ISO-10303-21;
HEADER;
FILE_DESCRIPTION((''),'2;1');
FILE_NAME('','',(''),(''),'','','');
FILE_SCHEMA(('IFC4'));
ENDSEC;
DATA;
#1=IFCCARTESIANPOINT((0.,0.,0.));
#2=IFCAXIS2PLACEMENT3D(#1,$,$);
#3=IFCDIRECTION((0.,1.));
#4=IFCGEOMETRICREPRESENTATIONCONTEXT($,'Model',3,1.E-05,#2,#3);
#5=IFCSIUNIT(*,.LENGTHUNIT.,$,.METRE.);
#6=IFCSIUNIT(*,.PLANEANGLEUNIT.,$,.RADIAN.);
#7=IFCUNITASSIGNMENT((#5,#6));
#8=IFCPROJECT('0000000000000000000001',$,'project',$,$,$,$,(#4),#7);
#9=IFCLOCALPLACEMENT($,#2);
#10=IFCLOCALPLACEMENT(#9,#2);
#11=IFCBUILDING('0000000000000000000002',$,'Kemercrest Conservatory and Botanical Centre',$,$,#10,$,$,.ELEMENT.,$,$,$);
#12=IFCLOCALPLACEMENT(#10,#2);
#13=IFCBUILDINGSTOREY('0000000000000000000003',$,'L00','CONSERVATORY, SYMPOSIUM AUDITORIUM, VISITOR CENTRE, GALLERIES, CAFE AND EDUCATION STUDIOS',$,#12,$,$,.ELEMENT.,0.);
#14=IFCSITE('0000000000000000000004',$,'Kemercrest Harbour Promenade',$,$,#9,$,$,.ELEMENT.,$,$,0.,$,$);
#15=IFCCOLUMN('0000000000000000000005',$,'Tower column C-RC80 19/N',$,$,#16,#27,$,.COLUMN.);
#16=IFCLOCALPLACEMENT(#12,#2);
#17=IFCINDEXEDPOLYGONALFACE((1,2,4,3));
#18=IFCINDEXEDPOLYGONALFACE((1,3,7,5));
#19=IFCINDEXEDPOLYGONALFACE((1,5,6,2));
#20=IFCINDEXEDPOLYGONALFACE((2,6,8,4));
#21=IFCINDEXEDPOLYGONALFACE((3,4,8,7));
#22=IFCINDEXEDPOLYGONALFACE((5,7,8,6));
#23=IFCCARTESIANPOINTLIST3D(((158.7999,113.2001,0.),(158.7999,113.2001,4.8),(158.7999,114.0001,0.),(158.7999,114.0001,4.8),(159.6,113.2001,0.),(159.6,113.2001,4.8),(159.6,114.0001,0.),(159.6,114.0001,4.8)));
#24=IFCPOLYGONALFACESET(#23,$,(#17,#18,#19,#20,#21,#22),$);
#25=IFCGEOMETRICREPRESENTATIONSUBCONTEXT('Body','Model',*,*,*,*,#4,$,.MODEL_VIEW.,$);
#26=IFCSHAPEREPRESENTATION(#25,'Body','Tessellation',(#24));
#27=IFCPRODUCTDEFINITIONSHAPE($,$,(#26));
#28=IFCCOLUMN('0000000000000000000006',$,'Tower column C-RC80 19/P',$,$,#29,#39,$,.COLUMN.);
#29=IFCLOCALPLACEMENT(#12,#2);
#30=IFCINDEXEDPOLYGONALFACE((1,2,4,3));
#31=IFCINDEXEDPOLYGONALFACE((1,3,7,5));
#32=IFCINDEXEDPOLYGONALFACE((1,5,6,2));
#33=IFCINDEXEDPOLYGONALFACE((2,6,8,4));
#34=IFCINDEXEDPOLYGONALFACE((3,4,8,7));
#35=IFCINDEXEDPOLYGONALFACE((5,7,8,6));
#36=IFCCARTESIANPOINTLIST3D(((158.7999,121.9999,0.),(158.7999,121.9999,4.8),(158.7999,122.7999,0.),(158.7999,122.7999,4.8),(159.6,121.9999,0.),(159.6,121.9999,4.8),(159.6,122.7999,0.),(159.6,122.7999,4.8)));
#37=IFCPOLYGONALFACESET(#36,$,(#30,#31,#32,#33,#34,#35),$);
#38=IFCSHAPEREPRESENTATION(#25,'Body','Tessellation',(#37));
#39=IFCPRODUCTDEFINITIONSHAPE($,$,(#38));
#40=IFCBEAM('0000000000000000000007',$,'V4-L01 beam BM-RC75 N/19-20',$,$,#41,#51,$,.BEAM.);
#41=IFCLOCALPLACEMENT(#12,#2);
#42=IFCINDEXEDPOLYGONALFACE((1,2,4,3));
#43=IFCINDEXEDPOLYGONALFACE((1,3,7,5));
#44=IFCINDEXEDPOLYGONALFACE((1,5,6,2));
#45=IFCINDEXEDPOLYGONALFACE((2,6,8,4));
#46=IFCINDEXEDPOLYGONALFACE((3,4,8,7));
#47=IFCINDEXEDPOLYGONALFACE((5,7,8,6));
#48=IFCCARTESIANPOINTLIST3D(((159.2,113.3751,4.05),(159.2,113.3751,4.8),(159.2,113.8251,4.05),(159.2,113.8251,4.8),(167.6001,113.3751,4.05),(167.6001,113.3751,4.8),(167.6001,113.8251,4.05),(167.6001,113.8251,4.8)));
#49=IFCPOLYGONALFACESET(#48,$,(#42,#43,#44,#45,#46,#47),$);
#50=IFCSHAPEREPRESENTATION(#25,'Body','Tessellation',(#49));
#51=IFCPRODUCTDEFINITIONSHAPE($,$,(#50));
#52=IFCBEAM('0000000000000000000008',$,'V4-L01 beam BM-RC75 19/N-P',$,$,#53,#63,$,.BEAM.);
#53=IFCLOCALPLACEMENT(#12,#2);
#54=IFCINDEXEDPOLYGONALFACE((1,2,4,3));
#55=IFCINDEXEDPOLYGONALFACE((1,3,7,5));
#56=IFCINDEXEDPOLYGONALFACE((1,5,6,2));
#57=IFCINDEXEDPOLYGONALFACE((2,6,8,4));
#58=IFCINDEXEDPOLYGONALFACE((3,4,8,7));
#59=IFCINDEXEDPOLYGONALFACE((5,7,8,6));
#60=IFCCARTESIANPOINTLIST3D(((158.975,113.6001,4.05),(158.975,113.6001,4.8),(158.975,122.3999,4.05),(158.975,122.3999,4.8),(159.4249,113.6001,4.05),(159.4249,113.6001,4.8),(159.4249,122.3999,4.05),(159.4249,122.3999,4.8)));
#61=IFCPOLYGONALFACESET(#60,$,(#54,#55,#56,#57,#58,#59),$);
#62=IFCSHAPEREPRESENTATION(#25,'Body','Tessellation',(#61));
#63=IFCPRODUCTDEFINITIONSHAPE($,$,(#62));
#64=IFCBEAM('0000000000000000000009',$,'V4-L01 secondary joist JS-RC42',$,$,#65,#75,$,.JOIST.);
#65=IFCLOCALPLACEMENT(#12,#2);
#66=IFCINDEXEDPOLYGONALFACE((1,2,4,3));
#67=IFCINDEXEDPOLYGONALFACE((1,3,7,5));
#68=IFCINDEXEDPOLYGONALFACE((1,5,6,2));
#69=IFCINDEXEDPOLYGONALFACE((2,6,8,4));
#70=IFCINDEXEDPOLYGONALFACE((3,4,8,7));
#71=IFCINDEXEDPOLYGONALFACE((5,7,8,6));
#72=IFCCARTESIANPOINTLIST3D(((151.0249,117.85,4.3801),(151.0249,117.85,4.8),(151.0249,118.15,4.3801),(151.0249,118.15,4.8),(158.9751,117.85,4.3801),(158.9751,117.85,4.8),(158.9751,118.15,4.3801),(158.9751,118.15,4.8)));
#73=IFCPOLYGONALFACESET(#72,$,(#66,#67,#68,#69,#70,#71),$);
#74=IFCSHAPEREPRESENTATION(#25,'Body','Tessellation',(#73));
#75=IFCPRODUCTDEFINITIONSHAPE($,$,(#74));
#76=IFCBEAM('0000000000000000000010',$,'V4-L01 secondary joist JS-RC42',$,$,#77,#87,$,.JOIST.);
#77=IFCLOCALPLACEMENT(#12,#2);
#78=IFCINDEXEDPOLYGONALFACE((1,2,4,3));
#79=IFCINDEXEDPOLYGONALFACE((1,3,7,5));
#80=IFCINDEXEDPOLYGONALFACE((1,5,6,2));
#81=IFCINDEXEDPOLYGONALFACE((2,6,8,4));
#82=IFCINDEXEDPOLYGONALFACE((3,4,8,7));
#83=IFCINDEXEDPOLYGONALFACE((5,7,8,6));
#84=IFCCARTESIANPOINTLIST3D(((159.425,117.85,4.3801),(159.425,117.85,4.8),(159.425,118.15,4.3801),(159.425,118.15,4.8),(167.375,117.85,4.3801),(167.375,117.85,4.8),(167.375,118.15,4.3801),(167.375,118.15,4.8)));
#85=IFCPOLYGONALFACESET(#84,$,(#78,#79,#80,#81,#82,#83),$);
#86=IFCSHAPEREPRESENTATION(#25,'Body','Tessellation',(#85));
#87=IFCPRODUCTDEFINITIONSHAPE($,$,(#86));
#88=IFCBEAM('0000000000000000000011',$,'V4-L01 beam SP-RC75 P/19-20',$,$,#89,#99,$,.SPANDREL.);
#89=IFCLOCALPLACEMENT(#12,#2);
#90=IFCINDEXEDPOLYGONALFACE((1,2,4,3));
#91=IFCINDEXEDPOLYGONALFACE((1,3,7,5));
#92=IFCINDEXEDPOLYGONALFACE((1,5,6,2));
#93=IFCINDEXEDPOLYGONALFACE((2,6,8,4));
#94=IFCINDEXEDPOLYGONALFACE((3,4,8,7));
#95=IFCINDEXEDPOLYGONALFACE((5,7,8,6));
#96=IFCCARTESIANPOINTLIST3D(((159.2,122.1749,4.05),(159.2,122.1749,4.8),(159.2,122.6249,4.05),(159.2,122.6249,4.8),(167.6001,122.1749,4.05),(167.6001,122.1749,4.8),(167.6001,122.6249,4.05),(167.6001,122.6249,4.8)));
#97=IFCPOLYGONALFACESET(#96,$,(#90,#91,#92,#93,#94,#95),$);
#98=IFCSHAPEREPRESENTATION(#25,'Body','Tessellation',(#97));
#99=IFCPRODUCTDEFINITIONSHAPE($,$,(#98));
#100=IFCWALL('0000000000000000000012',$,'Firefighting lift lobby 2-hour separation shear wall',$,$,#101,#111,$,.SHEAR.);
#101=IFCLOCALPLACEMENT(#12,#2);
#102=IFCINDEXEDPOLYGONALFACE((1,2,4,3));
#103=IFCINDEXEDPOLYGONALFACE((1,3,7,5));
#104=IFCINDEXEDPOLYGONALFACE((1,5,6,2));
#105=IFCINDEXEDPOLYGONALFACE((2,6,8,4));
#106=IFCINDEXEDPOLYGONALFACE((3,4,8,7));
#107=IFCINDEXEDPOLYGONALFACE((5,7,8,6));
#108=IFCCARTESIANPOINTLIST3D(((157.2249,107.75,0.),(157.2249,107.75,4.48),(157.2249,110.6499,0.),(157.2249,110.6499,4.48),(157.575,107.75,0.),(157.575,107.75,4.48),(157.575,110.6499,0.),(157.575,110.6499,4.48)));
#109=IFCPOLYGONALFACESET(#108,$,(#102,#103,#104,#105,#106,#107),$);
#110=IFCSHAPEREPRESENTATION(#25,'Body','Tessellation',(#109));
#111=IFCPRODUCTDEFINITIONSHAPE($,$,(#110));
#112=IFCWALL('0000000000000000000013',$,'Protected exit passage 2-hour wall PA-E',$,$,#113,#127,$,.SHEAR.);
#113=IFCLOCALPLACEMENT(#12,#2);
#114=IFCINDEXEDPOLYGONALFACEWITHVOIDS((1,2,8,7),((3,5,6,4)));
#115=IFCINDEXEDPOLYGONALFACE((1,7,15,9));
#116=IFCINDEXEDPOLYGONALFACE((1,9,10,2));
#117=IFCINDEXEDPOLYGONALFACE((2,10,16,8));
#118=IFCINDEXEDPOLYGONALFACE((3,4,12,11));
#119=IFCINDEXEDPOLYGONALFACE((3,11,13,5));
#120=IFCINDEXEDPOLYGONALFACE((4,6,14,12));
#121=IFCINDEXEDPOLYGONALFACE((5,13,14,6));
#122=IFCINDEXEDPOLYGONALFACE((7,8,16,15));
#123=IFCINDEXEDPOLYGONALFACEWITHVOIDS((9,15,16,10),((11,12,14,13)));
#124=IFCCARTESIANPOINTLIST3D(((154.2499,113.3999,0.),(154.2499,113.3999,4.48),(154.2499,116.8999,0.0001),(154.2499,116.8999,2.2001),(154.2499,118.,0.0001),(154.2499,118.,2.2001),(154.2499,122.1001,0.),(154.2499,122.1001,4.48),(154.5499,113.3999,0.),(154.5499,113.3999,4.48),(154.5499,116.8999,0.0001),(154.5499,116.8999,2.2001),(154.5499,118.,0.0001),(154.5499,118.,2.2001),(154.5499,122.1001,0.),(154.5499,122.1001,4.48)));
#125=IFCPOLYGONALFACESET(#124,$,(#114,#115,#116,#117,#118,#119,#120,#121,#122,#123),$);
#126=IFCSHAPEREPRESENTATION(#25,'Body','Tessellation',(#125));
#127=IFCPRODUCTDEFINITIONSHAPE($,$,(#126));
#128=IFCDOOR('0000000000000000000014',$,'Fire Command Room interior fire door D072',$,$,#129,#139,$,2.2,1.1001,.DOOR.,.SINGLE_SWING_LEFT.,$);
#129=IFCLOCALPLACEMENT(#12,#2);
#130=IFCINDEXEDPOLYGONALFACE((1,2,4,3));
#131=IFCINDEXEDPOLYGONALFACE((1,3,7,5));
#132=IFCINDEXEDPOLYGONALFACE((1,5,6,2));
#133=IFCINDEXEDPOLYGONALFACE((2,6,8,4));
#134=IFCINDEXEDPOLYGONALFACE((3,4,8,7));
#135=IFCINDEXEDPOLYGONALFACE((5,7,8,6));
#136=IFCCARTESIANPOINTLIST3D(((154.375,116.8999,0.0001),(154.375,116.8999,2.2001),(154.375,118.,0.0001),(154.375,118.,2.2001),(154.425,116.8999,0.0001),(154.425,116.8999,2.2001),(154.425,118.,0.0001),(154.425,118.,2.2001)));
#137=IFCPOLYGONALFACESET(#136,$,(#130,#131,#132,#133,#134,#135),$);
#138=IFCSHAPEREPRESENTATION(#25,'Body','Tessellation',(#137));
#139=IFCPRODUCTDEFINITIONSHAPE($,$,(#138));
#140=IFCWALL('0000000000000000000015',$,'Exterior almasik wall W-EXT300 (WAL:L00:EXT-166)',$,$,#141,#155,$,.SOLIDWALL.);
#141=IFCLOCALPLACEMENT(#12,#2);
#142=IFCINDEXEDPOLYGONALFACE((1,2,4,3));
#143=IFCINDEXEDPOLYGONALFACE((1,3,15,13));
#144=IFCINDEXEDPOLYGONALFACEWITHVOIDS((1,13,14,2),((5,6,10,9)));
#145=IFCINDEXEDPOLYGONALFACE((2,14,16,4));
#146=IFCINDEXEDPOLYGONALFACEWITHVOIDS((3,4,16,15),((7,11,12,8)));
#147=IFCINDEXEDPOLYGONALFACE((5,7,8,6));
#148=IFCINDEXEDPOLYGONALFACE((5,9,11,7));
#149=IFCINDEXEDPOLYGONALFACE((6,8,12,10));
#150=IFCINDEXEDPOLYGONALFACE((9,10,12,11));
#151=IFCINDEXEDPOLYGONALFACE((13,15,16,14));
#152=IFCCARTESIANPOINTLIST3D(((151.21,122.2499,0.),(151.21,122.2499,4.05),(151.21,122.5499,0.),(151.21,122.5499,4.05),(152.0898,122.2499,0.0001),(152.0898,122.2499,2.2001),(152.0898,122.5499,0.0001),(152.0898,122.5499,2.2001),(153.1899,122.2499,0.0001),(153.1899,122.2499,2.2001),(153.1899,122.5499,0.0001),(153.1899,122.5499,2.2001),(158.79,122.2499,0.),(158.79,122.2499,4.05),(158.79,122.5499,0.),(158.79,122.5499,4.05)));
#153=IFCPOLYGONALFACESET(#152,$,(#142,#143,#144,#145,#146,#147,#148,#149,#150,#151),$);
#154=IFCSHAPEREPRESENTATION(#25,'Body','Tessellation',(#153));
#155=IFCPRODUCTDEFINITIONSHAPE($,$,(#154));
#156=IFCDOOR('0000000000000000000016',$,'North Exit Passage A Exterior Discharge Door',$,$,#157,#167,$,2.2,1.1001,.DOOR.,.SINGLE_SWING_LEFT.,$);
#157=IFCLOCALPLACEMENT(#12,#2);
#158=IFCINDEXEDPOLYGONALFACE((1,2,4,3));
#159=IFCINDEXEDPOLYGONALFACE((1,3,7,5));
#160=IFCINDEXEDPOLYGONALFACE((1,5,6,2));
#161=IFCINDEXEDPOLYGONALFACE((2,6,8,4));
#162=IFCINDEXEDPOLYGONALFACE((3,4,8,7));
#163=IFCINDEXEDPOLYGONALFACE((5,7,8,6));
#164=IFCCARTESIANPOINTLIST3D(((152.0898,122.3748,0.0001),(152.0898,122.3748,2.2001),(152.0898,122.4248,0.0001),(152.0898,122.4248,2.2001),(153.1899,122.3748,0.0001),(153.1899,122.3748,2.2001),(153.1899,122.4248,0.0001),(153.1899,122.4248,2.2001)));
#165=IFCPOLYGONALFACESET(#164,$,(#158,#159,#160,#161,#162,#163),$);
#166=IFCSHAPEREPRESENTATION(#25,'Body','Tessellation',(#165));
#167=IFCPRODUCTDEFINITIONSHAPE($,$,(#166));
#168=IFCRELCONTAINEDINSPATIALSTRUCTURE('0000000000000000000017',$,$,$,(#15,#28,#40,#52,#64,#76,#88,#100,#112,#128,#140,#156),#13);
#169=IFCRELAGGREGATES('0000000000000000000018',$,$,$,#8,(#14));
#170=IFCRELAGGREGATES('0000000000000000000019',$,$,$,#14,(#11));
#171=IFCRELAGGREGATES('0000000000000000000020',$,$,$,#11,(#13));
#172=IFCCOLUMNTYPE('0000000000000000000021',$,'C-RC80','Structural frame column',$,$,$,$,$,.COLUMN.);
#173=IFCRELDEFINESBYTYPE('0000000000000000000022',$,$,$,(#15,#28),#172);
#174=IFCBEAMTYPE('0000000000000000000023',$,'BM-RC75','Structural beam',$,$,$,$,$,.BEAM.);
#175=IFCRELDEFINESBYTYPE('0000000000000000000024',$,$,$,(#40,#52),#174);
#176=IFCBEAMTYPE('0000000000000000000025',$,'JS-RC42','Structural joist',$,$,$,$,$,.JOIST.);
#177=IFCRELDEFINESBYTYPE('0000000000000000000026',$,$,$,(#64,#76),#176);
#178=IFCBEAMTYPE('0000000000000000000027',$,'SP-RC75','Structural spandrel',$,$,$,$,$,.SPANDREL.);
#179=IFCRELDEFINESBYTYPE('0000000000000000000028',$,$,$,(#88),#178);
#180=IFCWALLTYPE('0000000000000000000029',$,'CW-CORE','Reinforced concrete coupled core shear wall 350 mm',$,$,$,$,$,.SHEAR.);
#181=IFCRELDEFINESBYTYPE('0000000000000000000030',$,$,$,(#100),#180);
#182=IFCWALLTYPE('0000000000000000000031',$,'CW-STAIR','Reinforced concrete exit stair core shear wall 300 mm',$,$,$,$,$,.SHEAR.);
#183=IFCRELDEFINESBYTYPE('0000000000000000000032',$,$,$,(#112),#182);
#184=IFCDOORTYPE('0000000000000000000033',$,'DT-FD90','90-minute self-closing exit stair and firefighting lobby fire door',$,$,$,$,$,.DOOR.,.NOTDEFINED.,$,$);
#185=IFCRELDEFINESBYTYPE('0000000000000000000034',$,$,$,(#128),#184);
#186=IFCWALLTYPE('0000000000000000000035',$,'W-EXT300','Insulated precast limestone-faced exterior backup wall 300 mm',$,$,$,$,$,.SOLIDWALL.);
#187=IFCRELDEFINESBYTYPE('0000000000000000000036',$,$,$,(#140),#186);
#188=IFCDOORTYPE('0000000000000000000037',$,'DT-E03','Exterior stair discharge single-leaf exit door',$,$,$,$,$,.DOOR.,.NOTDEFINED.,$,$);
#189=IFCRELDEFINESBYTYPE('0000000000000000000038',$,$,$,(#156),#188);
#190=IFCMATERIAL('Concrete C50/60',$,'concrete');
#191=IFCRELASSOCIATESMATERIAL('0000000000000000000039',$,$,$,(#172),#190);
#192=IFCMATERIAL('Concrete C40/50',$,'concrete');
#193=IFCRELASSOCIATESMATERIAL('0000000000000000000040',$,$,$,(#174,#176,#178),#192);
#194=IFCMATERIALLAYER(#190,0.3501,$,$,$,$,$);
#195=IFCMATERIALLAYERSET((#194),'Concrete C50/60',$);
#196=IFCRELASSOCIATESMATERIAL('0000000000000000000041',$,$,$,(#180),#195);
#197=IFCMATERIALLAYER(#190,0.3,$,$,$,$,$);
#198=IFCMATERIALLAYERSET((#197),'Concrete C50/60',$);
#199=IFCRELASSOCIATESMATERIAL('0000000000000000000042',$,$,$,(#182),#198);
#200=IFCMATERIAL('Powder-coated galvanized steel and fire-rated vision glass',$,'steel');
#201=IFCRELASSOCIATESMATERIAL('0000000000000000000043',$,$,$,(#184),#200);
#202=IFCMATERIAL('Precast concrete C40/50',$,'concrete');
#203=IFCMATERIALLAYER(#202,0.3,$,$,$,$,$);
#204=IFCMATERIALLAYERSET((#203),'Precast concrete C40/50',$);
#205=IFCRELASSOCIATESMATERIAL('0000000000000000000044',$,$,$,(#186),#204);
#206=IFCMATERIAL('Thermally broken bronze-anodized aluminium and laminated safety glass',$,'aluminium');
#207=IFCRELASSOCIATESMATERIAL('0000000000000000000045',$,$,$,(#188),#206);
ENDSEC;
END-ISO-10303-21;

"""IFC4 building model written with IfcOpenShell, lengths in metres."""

from ifc_helpers import new_model, si_unit, direction, frame, frame_2d, origin, origin_2d, place, context, subcontext, project, spatial, rectangle, extrude, material, layer, layer_set, material_profile, profile_set, type_object, element, fill, save


model = new_model("IFC4")

# Units and contexts
model_context = context("Model", 3, precision=1e-05, world=origin(), true_north=direction((0.0, 1.0)))
body_context = subcontext(model_context, "Body", "Model", "MODEL_VIEW")
ifc_project = project(units=[si_unit("LENGTHUNIT", "METRE"), si_unit("PLANEANGLEUNIT", "RADIAN")], contexts=[model_context])

# Site, building, storey
site_placement = place(None, origin())
site = spatial("IfcSite", under=ifc_project, at=site_placement, Name="Kemercrest Harbour Promenade", CompositionType="ELEMENT", RefElevation=0.0)
building_placement = place(site_placement, origin())
building = spatial("IfcBuilding", under=site, at=building_placement, Name="Kemercrest Conservatory and Botanical Centre", CompositionType="ELEMENT")
storey_placement = place(building_placement, origin())
storey = spatial("IfcBuildingStorey", under=building, at=storey_placement, Name="L00", Description="CONSERVATORY, SYMPOSIUM AUDITORIUM, VISITOR CENTRE, GALLERIES, CAFE AND EDUCATION STUDIOS", CompositionType="ELEMENT", Elevation=0.0)

# Columns
ifc_material_1 = material(Name="Concrete C50/60", Category="concrete")
ifc_material_profile_1 = material_profile(ifc_material_1, rectangle(XDim=0.8, YDim=0.8, at=origin_2d()), Name="RC 800x800")
ifc_profile_set_1 = profile_set([ifc_material_profile_1], Name="Concrete C50/60")
column_type = type_object("IfcColumnType", Name="C-RC80", Description="Structural frame column", PredefinedType="COLUMN", material=ifc_profile_set_1)
for number, where, z_axis, x_axis, name in (
    (1, (159.2, 113.6001, 0.0), (0.0, 0.0, 1.0), (1.0, 0.0, 0.0), "Tower column C-RC80 19/N"),
    (2, (159.2, 122.3999, 0.0), (0.0, 0.0, 1.0), (1.0, 0.0, 0.0), "Tower column C-RC80 19/P"),
):
    element("IfcColumn", number, at=place(storey_placement, frame(where, z_axis=z_axis, x_axis=x_axis)), inside=storey, type_object=column_type, Name=name, PredefinedType="COLUMN", context=body_context, shape_type="SweptSolid", body=[
        extrude(rectangle(XDim=0.8, YDim=0.8, at=origin_2d()), origin(), (0.0, 0.0, 1.0), 4.8),
    ])

# Beams
ifc_material_2 = material(Name="Concrete C40/50", Category="concrete")
ifc_material_profile_2 = material_profile(ifc_material_2, rectangle(XDim=0.45, YDim=0.75, at=origin_2d()), Name="RC 450x750")
ifc_profile_set_2 = profile_set([ifc_material_profile_2], Name="Concrete C40/50")
beam_type_1 = type_object("IfcBeamType", Name="BM-RC75", Description="Structural beam", PredefinedType="BEAM", material=ifc_profile_set_2)
beam_1_placement = place(storey_placement, frame((159.2, 113.6001, 4.425), z_axis=(1.0, 0.0, 0.0), x_axis=(0.0, 1.0, 0.0)))
element("IfcBeam", 3, at=beam_1_placement, inside=storey, type_object=beam_type_1, Name="V4-L01 beam BM-RC75 N/19-20", PredefinedType="BEAM", context=body_context, shape_type="SweptSolid", body=[
    extrude(rectangle(XDim=0.45, YDim=0.75, at=origin_2d()), origin(), (0.0, 0.0, 1.0), 8.4001),
])
beam_2_placement = place(storey_placement, frame((159.2, 113.6001, 4.425), z_axis=(0.0, 1.0, 0.0), x_axis=(-1.0, 0.0, 0.0)))
element("IfcBeam", 4, at=beam_2_placement, inside=storey, type_object=beam_type_1, Name="V4-L01 beam BM-RC75 19/N-P", PredefinedType="BEAM", context=body_context, shape_type="SweptSolid", body=[
    extrude(rectangle(XDim=0.45, YDim=0.75, at=origin_2d()), origin(), (0.0, 0.0, 1.0), 8.7998),
])
ifc_material_profile_3 = material_profile(ifc_material_2, rectangle(XDim=0.3, YDim=0.4199, at=origin_2d()), Name="RC 300x420")
ifc_profile_set_3 = profile_set([ifc_material_profile_3], Name="Concrete C40/50")
beam_type_2 = type_object("IfcBeamType", Name="JS-RC42", Description="Structural joist", PredefinedType="JOIST", material=ifc_profile_set_3)
beam_3_placement = place(storey_placement, frame((151.0249, 118.0, 4.5901), z_axis=(1.0, 0.0, 0.0), x_axis=(0.0, 1.0, 0.0)))
element("IfcBeam", 5, at=beam_3_placement, inside=storey, type_object=beam_type_2, Name="V4-L01 secondary joist JS-RC42", PredefinedType="JOIST", context=body_context, shape_type="SweptSolid", body=[
    extrude(rectangle(XDim=0.3, YDim=0.4199, at=origin_2d()), origin(), (0.0, 0.0, 1.0), 7.9502),
])
beam_4_placement = place(storey_placement, frame((159.425, 118.0, 4.5901), z_axis=(1.0, 0.0, 0.0), x_axis=(0.0, 1.0, 0.0)))
element("IfcBeam", 6, at=beam_4_placement, inside=storey, type_object=beam_type_2, Name="V4-L01 secondary joist JS-RC42", PredefinedType="JOIST", context=body_context, shape_type="SweptSolid", body=[
    extrude(rectangle(XDim=0.3, YDim=0.4199, at=origin_2d()), origin(), (0.0, 0.0, 1.0), 7.95),
])
ifc_material_profile_4 = material_profile(ifc_material_2, rectangle(XDim=0.45, YDim=0.75, at=origin_2d()), Name="RC 450x750")
ifc_profile_set_4 = profile_set([ifc_material_profile_4], Name="Concrete C40/50")
beam_type_3 = type_object("IfcBeamType", Name="SP-RC75", Description="Structural spandrel", PredefinedType="SPANDREL", material=ifc_profile_set_4)
beam_5_placement = place(storey_placement, frame((159.2, 122.3999, 4.425), z_axis=(1.0, 0.0, 0.0), x_axis=(0.0, 1.0, 0.0)))
element("IfcBeam", 7, at=beam_5_placement, inside=storey, type_object=beam_type_3, Name="V4-L01 beam SP-RC75 P/19-20", PredefinedType="SPANDREL", context=body_context, shape_type="SweptSolid", body=[
    extrude(rectangle(XDim=0.45, YDim=0.75, at=origin_2d()), origin(), (0.0, 0.0, 1.0), 8.4001),
])

# Wall
ifc_layer_1 = layer(ifc_material_1, 0.3501)
ifc_layer_set_1 = layer_set([ifc_layer_1], Name="Concrete C50/60")
wall_type_1 = type_object("IfcWallType", Name="CW-CORE", Description="Reinforced concrete coupled core shear wall 350 mm", PredefinedType="SHEAR", material=ifc_layer_set_1)
wall_1_placement = place(storey_placement, frame((157.3999, 107.75, 0.0), z_axis=(0.0, 0.0, 1.0), x_axis=(0.0, 1.0, 0.0)))
element("IfcWall", 8, at=wall_1_placement, inside=storey, type_object=wall_type_1, Name="Firefighting lift lobby 2-hour separation shear wall", PredefinedType="SHEAR", context=body_context, shape_type="SweptSolid", body=[
    extrude(rectangle(XDim=2.8999, YDim=0.3501, at=frame_2d((1.45, 0.0))), origin(), (0.0, 0.0, 1.0), 4.48),
])

# Walls, openings, doors
ifc_layer_2 = layer(ifc_material_1, 0.3)
ifc_layer_set_2 = layer_set([ifc_layer_2], Name="Concrete C50/60")
wall_type_2 = type_object("IfcWallType", Name="CW-STAIR", Description="Reinforced concrete exit stair core shear wall 300 mm", PredefinedType="SHEAR", material=ifc_layer_set_2)
wall_2_placement = place(storey_placement, frame((154.3999, 113.3999, 0.0), z_axis=(0.0, 0.0, 1.0), x_axis=(0.0, 1.0, 0.0)))
wall_2 = element("IfcWall", 9, at=wall_2_placement, inside=storey, type_object=wall_type_2, Name="Protected exit passage 2-hour wall PA-E", PredefinedType="SHEAR", context=body_context, shape_type="SweptSolid", body=[
    extrude(rectangle(XDim=8.7002, YDim=0.3, at=frame_2d((4.3501, 0.0))), origin(), (0.0, 0.0, 1.0), 4.48),
])
opening_1_placement = place(wall_2_placement, frame((3.5, 0.0, 0.0)))
opening_1 = element("IfcOpeningElement", 10, at=opening_1_placement, cuts=wall_2, PredefinedType="OPENING", context=body_context, shape_type="SweptSolid", body=[
    extrude(rectangle(XDim=1.1001, YDim=2.2, at=frame_2d((0.55, 1.1001))), frame((0.0, 0.1602, 0.0), z_axis=(0.0, -1.0, 0.0), x_axis=(1.0, 0.0, 0.0)), (0.0, 0.0, 1.0), 0.3201),
])
ifc_material_3 = material(Name="Powder-coated galvanized steel and fire-rated vision glass", Category="steel")
door_type_1 = type_object("IfcDoorType", Name="DT-FD90", Description="90-minute self-closing exit stair and firefighting lobby fire door", OperationType="NOTDEFINED", PredefinedType="DOOR", material=ifc_material_3)
door_1_placement = place(opening_1_placement, origin())
door_1 = element("IfcDoor", 11, at=door_1_placement, inside=storey, type_object=door_type_1, Name="Fire Command Room interior fire door D072", OperationType="SINGLE_SWING_LEFT", OverallHeight=2.2, OverallWidth=1.1001, PredefinedType="DOOR", context=body_context, shape_type="SweptSolid", body=[
    extrude(rectangle(XDim=1.1001, YDim=2.2, at=frame_2d((0.55, 1.1001))), frame((0.0, 0.0249, 0.0), z_axis=(0.0, -1.0, 0.0), x_axis=(1.0, 0.0, 0.0)), (0.0, 0.0, 1.0), 0.05),
])
fill(opening_1, door_1)
ifc_material_4 = material(Name="Precast concrete C40/50", Category="concrete")
ifc_layer_3 = layer(ifc_material_4, 0.3)
ifc_layer_set_3 = layer_set([ifc_layer_3], Name="Precast concrete C40/50")
wall_type_3 = type_object("IfcWallType", Name="W-EXT300", Description="Insulated precast limestone-faced exterior backup wall 300 mm", PredefinedType="SOLIDWALL", material=ifc_layer_set_3)
wall_3_placement = place(storey_placement, frame((158.79, 122.3999, 0.0), z_axis=(0.0, 0.0, 1.0), x_axis=(-1.0, 0.0, 0.0)))
wall_3 = element("IfcWall", 12, at=wall_3_placement, inside=storey, type_object=wall_type_3, Name="Exterior almasik wall W-EXT300 (WAL:L00:EXT-166)", PredefinedType="SOLIDWALL", context=body_context, shape_type="SweptSolid", body=[
    extrude(rectangle(XDim=7.5801, YDim=0.3, at=frame_2d((3.79, 0.0))), origin(), (0.0, 0.0, 1.0), 4.05),
])
opening_2_placement = place(wall_3_placement, frame((5.6001, 0.0, 0.0)))
opening_2 = element("IfcOpeningElement", 13, at=opening_2_placement, cuts=wall_3, PredefinedType="OPENING", context=body_context, shape_type="SweptSolid", body=[
    extrude(rectangle(XDim=1.1001, YDim=2.2, at=frame_2d((0.55, 1.1001))), frame((0.0, 0.1602, 0.0), z_axis=(0.0, -1.0, 0.0), x_axis=(1.0, 0.0, 0.0)), (0.0, 0.0, 1.0), 0.3201),
])
ifc_material_5 = material(Name="Thermally broken bronze-anodized aluminium and laminated safety glass", Category="aluminium")
door_type_2 = type_object("IfcDoorType", Name="DT-E03", Description="Exterior stair discharge single-leaf exit door", OperationType="NOTDEFINED", PredefinedType="DOOR", material=ifc_material_5)
door_2_placement = place(opening_2_placement, frame((1.1001, 0.0, 0.0), z_axis=(0.0, 0.0, 1.0), x_axis=(-1.0, 0.0, 0.0)))
door_2 = element("IfcDoor", 14, at=door_2_placement, inside=storey, type_object=door_type_2, Name="North Exit Passage A Exterior Discharge Door", OperationType="SINGLE_SWING_LEFT", OverallHeight=2.2, OverallWidth=1.1001, PredefinedType="DOOR", context=body_context, shape_type="SweptSolid", body=[
    extrude(rectangle(XDim=1.1001, YDim=2.2, at=frame_2d((0.55, 1.1001))), frame((0.0, 0.0249, 0.0), z_axis=(0.0, -1.0, 0.0), x_axis=(1.0, 0.0, 0.0)), (0.0, 0.0, 1.0), 0.05),
])
fill(opening_2, door_2)

save(model, "model.ifc")
